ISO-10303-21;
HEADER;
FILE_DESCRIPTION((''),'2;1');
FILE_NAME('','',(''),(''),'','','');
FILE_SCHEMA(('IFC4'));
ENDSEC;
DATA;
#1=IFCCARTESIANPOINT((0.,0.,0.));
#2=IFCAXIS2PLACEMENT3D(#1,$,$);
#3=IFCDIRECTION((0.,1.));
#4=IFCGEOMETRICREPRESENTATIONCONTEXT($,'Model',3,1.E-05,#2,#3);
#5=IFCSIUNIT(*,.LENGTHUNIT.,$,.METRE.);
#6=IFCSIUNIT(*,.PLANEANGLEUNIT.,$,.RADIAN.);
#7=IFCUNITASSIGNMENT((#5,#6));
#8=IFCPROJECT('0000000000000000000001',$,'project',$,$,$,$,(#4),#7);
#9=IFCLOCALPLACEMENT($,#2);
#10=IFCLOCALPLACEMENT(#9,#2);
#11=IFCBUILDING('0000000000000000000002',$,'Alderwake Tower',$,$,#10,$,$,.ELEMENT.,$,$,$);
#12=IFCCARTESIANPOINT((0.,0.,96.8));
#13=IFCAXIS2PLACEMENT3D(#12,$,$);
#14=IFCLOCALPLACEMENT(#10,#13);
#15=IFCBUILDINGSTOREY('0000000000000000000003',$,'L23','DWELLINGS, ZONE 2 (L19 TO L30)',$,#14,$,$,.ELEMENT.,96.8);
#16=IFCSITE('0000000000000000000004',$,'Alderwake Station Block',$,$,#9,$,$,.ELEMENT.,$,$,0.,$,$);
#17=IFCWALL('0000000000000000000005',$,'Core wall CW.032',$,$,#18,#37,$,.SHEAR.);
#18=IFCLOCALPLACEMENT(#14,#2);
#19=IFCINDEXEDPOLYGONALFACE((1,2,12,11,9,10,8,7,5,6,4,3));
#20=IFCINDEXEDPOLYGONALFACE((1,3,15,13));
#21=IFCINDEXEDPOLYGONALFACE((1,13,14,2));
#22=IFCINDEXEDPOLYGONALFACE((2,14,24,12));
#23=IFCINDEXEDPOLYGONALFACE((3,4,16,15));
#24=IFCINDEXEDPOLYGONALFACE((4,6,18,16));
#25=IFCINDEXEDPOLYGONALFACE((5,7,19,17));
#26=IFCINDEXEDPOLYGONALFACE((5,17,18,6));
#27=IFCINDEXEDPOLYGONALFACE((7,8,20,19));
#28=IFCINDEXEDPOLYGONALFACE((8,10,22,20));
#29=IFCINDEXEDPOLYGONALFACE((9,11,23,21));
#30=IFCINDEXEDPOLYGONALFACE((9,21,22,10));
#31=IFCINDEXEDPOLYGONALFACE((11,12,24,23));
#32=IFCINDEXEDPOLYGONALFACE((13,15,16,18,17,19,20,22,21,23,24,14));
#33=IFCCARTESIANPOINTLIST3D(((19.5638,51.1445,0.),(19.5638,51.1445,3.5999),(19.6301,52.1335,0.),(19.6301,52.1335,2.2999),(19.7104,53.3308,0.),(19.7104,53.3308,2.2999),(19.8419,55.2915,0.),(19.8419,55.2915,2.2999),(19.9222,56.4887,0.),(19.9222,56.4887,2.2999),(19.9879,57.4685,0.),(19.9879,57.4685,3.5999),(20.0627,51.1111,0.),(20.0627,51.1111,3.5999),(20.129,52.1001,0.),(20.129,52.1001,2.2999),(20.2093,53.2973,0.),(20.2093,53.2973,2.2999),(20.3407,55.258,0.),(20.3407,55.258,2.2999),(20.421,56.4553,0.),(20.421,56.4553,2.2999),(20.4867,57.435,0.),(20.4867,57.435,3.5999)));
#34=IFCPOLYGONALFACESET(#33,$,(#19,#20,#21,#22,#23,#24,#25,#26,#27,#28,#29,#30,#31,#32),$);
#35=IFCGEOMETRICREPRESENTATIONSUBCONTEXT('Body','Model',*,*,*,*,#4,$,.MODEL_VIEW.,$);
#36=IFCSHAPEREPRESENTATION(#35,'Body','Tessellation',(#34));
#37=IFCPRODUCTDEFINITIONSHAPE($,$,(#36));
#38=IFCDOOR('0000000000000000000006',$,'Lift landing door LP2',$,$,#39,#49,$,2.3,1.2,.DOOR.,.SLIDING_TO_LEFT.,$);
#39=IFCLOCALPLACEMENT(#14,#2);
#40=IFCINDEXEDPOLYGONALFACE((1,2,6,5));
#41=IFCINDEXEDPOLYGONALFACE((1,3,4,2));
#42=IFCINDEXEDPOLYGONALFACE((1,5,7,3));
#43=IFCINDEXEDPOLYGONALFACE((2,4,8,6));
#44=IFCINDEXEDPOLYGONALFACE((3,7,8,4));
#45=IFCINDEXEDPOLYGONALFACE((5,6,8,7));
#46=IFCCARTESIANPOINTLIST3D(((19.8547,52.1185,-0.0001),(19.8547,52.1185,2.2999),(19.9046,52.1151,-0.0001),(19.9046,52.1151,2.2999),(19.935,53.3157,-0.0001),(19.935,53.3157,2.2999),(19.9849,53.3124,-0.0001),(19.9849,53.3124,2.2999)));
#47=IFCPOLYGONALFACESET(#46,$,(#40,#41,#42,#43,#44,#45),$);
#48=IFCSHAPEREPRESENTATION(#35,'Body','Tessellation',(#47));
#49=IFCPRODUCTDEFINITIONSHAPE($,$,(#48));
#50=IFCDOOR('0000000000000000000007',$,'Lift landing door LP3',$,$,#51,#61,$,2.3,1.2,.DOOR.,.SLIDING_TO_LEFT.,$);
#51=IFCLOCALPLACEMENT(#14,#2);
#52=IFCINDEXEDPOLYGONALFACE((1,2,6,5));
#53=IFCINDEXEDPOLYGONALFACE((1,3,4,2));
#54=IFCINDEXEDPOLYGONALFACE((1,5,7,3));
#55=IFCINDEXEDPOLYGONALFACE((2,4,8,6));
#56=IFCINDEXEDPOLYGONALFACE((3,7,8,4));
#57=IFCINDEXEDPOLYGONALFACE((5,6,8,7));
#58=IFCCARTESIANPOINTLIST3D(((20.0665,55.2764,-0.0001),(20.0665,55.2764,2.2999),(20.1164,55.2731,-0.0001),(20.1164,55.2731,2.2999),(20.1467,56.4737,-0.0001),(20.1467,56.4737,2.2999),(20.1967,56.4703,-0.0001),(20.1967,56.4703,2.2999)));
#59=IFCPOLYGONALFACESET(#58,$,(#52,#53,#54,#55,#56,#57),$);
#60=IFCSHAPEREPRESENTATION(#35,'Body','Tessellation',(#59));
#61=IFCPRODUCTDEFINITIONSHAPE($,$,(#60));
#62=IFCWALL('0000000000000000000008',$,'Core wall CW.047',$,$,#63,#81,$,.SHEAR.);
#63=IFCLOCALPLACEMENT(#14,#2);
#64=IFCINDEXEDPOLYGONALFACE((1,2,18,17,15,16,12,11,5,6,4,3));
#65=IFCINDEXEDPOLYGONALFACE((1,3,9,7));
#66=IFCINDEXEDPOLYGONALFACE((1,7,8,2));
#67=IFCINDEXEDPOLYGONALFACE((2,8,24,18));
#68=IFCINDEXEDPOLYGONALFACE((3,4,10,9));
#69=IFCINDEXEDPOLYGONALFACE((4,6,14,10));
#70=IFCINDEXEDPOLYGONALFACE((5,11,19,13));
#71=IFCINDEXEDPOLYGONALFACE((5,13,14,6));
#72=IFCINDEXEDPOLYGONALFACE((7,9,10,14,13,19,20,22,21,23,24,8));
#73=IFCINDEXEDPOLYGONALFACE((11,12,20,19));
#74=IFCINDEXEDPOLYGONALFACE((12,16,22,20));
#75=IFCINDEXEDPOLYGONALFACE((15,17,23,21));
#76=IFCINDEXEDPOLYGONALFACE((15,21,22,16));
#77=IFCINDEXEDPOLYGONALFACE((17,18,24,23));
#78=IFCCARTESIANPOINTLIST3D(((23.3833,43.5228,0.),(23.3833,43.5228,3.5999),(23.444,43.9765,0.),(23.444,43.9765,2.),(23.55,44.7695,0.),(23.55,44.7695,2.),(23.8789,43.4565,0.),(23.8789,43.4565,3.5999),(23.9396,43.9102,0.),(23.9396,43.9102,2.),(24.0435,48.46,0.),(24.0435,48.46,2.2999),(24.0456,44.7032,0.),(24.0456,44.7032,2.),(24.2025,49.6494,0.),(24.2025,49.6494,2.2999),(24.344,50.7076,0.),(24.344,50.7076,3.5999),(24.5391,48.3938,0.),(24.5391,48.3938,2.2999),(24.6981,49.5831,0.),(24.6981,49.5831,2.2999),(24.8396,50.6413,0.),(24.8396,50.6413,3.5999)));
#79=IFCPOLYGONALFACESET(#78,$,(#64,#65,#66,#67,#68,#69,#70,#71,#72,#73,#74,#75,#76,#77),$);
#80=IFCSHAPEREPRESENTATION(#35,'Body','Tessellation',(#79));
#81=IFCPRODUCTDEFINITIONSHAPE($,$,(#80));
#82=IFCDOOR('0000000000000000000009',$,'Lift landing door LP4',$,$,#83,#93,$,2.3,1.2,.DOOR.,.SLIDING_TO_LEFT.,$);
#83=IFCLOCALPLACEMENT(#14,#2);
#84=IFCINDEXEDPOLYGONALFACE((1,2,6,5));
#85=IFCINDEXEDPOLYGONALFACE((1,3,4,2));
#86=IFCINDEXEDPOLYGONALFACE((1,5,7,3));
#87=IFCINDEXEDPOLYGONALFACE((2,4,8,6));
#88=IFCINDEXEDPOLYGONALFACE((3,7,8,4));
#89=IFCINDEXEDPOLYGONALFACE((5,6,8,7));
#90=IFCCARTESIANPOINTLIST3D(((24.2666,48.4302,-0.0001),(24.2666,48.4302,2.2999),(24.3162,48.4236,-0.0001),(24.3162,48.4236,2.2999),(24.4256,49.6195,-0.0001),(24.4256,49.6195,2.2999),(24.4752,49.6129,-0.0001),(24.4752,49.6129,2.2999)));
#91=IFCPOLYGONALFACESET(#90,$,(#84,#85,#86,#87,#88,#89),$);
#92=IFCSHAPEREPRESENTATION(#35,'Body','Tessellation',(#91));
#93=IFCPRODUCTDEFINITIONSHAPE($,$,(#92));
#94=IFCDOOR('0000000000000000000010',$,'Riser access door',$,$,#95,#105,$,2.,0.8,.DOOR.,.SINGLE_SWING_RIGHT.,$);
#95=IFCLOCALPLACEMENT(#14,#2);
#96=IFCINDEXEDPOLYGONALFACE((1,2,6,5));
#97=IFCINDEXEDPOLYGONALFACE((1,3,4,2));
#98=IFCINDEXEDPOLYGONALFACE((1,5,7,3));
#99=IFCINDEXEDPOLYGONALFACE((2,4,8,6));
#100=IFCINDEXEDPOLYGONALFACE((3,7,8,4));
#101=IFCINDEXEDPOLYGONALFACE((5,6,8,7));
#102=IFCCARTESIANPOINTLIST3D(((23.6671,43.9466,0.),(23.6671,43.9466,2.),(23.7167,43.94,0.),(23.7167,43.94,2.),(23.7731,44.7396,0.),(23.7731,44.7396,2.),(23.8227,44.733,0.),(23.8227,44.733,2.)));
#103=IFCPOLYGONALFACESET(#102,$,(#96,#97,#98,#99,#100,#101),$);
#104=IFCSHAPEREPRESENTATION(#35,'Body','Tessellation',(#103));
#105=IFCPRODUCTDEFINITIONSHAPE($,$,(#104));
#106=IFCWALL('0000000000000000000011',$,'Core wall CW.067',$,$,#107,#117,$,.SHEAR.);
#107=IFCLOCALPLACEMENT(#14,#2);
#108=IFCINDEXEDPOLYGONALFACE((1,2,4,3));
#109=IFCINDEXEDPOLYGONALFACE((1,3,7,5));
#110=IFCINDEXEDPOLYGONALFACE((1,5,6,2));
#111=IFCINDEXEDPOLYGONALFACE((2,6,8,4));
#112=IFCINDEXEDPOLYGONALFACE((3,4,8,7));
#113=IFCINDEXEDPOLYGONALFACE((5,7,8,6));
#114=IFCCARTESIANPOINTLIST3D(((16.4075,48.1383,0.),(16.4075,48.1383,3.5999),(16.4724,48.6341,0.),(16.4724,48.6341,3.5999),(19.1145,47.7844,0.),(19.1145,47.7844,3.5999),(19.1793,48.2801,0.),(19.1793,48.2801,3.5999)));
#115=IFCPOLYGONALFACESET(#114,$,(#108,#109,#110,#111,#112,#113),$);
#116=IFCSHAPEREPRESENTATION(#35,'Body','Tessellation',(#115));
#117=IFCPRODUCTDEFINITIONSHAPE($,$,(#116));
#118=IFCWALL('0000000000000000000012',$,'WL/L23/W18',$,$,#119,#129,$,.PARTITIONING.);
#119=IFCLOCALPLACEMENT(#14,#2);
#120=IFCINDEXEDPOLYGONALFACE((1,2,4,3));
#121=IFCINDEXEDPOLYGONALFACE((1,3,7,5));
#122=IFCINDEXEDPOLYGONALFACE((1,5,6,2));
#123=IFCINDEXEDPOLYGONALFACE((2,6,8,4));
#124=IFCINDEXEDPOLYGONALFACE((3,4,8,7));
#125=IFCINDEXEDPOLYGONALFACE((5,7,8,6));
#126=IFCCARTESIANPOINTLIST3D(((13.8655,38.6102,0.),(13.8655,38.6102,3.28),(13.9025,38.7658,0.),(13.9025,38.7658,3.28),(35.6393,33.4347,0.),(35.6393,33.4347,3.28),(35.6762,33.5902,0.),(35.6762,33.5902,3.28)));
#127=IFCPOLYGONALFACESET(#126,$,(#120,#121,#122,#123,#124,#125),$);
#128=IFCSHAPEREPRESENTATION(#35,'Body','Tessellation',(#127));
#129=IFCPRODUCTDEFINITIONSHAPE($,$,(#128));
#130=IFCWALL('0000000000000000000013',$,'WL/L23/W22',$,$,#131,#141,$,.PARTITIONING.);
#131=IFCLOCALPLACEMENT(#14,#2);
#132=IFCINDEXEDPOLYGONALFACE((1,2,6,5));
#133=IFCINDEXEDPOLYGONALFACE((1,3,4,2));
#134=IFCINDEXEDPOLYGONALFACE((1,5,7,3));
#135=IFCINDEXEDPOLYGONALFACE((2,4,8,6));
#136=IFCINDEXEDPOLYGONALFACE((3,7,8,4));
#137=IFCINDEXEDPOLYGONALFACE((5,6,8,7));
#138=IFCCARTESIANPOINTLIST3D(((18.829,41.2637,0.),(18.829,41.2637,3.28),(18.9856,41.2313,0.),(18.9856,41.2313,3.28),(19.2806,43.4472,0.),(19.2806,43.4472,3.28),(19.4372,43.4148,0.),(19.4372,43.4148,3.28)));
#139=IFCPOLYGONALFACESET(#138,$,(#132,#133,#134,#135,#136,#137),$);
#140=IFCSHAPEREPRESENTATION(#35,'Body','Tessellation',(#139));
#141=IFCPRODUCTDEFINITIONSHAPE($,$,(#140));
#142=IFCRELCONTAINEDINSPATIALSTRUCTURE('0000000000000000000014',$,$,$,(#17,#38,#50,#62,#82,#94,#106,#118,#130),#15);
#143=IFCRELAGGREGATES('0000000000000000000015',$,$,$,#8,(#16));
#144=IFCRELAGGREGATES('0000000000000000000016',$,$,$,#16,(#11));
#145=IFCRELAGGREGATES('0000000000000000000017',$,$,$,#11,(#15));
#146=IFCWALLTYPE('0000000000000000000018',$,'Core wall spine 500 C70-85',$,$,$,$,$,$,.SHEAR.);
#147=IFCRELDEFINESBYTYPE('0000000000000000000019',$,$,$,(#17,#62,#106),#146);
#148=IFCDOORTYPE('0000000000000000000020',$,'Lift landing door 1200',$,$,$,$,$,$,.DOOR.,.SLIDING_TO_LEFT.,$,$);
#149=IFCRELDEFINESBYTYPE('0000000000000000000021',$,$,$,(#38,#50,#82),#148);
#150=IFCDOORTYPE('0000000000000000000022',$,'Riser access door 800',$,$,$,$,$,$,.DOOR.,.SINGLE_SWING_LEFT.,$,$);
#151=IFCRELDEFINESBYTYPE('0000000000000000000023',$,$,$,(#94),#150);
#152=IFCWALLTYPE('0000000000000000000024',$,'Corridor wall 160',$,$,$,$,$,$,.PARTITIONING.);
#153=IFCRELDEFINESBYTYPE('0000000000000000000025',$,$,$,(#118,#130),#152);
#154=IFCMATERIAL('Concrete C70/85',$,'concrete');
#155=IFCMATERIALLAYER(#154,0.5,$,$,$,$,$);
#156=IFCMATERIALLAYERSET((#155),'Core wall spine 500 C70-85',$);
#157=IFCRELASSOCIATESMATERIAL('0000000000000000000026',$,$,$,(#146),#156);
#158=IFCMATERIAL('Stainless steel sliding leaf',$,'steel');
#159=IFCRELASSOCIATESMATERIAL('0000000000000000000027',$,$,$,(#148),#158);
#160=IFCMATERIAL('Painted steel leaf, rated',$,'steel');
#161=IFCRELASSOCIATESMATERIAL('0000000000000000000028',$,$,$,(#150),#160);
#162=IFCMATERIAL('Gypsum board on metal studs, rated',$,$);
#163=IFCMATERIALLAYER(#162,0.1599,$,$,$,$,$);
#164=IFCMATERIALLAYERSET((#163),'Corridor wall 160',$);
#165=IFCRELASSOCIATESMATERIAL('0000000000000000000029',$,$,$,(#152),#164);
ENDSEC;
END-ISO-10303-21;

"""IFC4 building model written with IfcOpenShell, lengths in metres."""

from ifc_helpers import new_model, si_unit, direction, frame, frame_2d, origin, place, context, subcontext, project, spatial, rectangle, extrude, material, layer, layer_set, type_object, element, fill, save


model = new_model("IFC4")

# Units and contexts
model_context = context("Model", 3, precision=1e-05, world=origin(), true_north=direction((0.0, 1.0)))
body_context = subcontext(model_context, "Body", "Model", "MODEL_VIEW")
ifc_project = project(units=[si_unit("LENGTHUNIT", "METRE"), si_unit("PLANEANGLEUNIT", "RADIAN")], contexts=[model_context])

# Site, building, storey
site_placement = place(None, origin())
site = spatial("IfcSite", under=ifc_project, at=site_placement, Name="Alderwake Station Block", CompositionType="ELEMENT", RefElevation=0.0)
building_placement = place(site_placement, origin())
building = spatial("IfcBuilding", under=site, at=building_placement, Name="Alderwake Tower", CompositionType="ELEMENT")
storey_placement = place(building_placement, frame((0.0, 0.0, 96.8)))
storey = spatial("IfcBuildingStorey", under=building, at=storey_placement, Name="L23", Description="DWELLINGS, ZONE 2 (L19 TO L30)", CompositionType="ELEMENT", Elevation=96.8)

# Walls, openings, doors
ifc_material_1 = material(Name="Concrete C70/85", Category="concrete")
ifc_layer_1 = layer(ifc_material_1, 0.5)
ifc_layer_set_1 = layer_set([ifc_layer_1], Name="Core wall spine 500 C70-85")
wall_type_1 = type_object("IfcWallType", Name="Core wall spine 500 C70-85", PredefinedType="SHEAR", material=ifc_layer_set_1)
ifc_material_2 = material(Name="Stainless steel sliding leaf", Category="steel")
door_type_1 = type_object("IfcDoorType", Name="Lift landing door 1200", OperationType="SLIDING_TO_LEFT", PredefinedType="DOOR", material=ifc_material_2)
ifc_material_3 = material(Name="Painted steel leaf, rated", Category="steel")
door_type_2 = type_object("IfcDoorType", Name="Riser access door 800", OperationType="SINGLE_SWING_LEFT", PredefinedType="DOOR", material=ifc_material_3)
wall_1_placement = place(storey_placement, frame((19.8132, 51.1279, 0.0), z_axis=(0.0, 0.0, 1.0), x_axis=(0.066908, 0.997759, 0.0)))
wall_1 = element("IfcWall", 1, at=wall_1_placement, inside=storey, type_object=wall_type_1, Name="Core wall CW.032", PredefinedType="SHEAR", context=body_context, shape_type="SweptSolid", body=[
    extrude(rectangle(XDim=6.3381, YDim=0.5, at=frame_2d((3.1689, 0.0))), origin(), (0.0, 0.0, 1.0), 3.5999),
])
opening_1_placement = place(wall_1_placement, frame((0.991, 0.0, 0.0)))
opening_1 = element("IfcOpeningElement", 2, at=opening_1_placement, cuts=wall_1, PredefinedType="OPENING", context=body_context, shape_type="SweptSolid", body=[
    extrude(rectangle(XDim=1.2, YDim=2.3, at=frame_2d((0.6001, 1.1499))), frame((0.0, 0.26, 0.0), z_axis=(0.0, -1.0, 0.0), x_axis=(1.0, 0.0, 0.0)), (0.0, 0.0, 1.0), 0.52),
])
opening_2_placement = place(wall_1_placement, frame((4.156, 0.0, 0.0)))
opening_2 = element("IfcOpeningElement", 3, at=opening_2_placement, cuts=wall_1, PredefinedType="OPENING", context=body_context, shape_type="SweptSolid", body=[
    extrude(rectangle(XDim=1.2, YDim=2.3, at=frame_2d((0.6001, 1.1499))), frame((0.0, 0.26, 0.0), z_axis=(0.0, -1.0, 0.0), x_axis=(1.0, 0.0, 0.0)), (0.0, 0.0, 1.0), 0.52),
])
door_1_placement = place(opening_1_placement, origin())
door_1 = element("IfcDoor", 4, at=door_1_placement, inside=storey, type_object=door_type_1, Name="Lift landing door LP2", OperationType="SLIDING_TO_LEFT", OverallHeight=2.3, OverallWidth=1.2, PredefinedType="DOOR", context=body_context, shape_type="SweptSolid", body=[
    extrude(rectangle(XDim=1.2, YDim=2.3, at=frame_2d((0.6001, 1.1499))), frame((0.0, 0.0249, 0.0), z_axis=(0.0, -1.0, 0.0), x_axis=(1.0, 0.0, 0.0)), (0.0, 0.0, 1.0), 0.05),
])
fill(opening_1, door_1)
door_2_placement = place(opening_2_placement, origin())
door_2 = element("IfcDoor", 5, at=door_2_placement, inside=storey, type_object=door_type_1, Name="Lift landing door LP3", OperationType="SLIDING_TO_LEFT", OverallHeight=2.3, OverallWidth=1.2, PredefinedType="DOOR", context=body_context, shape_type="SweptSolid", body=[
    extrude(rectangle(XDim=1.2, YDim=2.3, at=frame_2d((0.6001, 1.1499))), frame((0.0, 0.0249, 0.0), z_axis=(0.0, -1.0, 0.0), x_axis=(1.0, 0.0, 0.0)), (0.0, 0.0, 1.0), 0.05),
])
fill(opening_2, door_2)
wall_2_placement = place(storey_placement, frame((23.6311, 43.4895, 0.0), z_axis=(0.0, 0.0, 1.0), x_axis=(0.132532, 0.991179, 0.0)))
wall_2 = element("IfcWall", 6, at=wall_2_placement, inside=storey, type_object=wall_type_1, Name="Core wall CW.047", PredefinedType="SHEAR", context=body_context, shape_type="SweptSolid", body=[
    extrude(rectangle(XDim=7.2488, YDim=0.5, at=frame_2d((3.6245, 0.0))), origin(), (0.0, 0.0, 1.0), 3.5999),
])
opening_3_placement = place(wall_2_placement, frame((4.9812, 0.0, 0.0)))
opening_3 = element("IfcOpeningElement", 7, at=opening_3_placement, cuts=wall_2, PredefinedType="OPENING", context=body_context, shape_type="SweptSolid", body=[
    extrude(rectangle(XDim=1.2, YDim=2.3, at=frame_2d((0.6001, 1.1499))), frame((0.0, 0.26, 0.0), z_axis=(0.0, -1.0, 0.0), x_axis=(1.0, 0.0, 0.0)), (0.0, 0.0, 1.0), 0.52),
])
opening_4_placement = place(wall_2_placement, frame((0.458, 0.0, 0.0)))
opening_4 = element("IfcOpeningElement", 8, at=opening_4_placement, cuts=wall_2, PredefinedType="OPENING", context=body_context, shape_type="SweptSolid", body=[
    extrude(rectangle(XDim=0.8, YDim=2.0, at=frame_2d((0.3999, 1.0))), frame((0.0, 0.26, 0.0), z_axis=(0.0, -1.0, 0.0), x_axis=(1.0, 0.0, 0.0)), (0.0, 0.0, 1.0), 0.52),
])
door_3_placement = place(opening_3_placement, origin())
door_3 = element("IfcDoor", 9, at=door_3_placement, inside=storey, type_object=door_type_1, Name="Lift landing door LP4", OperationType="SLIDING_TO_LEFT", OverallHeight=2.3, OverallWidth=1.2, PredefinedType="DOOR", context=body_context, shape_type="SweptSolid", body=[
    extrude(rectangle(XDim=1.2, YDim=2.3, at=frame_2d((0.6001, 1.1499))), frame((0.0, 0.0249, 0.0), z_axis=(0.0, -1.0, 0.0), x_axis=(1.0, 0.0, 0.0)), (0.0, 0.0, 1.0), 0.05),
])
fill(opening_3, door_3)
door_4_placement = place(opening_4_placement, origin())
door_4 = element("IfcDoor", 10, at=door_4_placement, inside=storey, type_object=door_type_2, Name="Riser access door", OperationType="SINGLE_SWING_RIGHT", OverallHeight=2.0, OverallWidth=0.8, PredefinedType="DOOR", context=body_context, shape_type="SweptSolid", body=[
    extrude(rectangle(XDim=0.8, YDim=2.0, at=frame_2d((0.3999, 1.0))), frame((0.0, 0.0249, 0.0), z_axis=(0.0, -1.0, 0.0), x_axis=(1.0, 0.0, 0.0)), (0.0, 0.0, 1.0), 0.05),
])
fill(opening_4, door_4)

# Walls
wall_3_placement = place(storey_placement, frame((16.4399, 48.3862, 0.0), z_axis=(0.0, 0.0, 1.0), x_axis=(0.991557, -0.129668, 0.0)))
element("IfcWall", 11, at=wall_3_placement, inside=storey, type_object=wall_type_1, Name="Core wall CW.067", PredefinedType="SHEAR", context=body_context, shape_type="SweptSolid", body=[
    extrude(rectangle(XDim=2.73, YDim=0.5, at=frame_2d((1.365, 0.0))), origin(), (0.0, 0.0, 1.0), 3.5999),
])
ifc_material_4 = material(Name="Gypsum board on metal studs, rated")
ifc_layer_2 = layer(ifc_material_4, 0.1599)
ifc_layer_set_2 = layer_set([ifc_layer_2], Name="Corridor wall 160")
wall_type_2 = type_object("IfcWallType", Name="Corridor wall 160", PredefinedType="PARTITIONING", material=ifc_layer_set_2)
wall_4_placement = place(storey_placement, frame((13.884, 38.688, 0.0), z_axis=(0.0, 0.0, 1.0), x_axis=(0.972893, -0.231254, 0.0)))
element("IfcWall", 12, at=wall_4_placement, inside=storey, type_object=wall_type_2, Name="WL/L23/W18", PredefinedType="PARTITIONING", context=body_context, shape_type="SweptSolid", body=[
    extrude(rectangle(XDim=22.3804, YDim=0.1599, at=frame_2d((11.1902, 0.0))), origin(), (0.0, 0.0, 1.0), 3.28),
])
wall_5_placement = place(storey_placement, frame((19.3589, 43.4309, 0.0), z_axis=(0.0, 0.0, 1.0), x_axis=(-0.202555, -0.979271, 0.0)))
element("IfcWall", 13, at=wall_5_placement, inside=storey, type_object=wall_type_2, Name="WL/L23/W22", PredefinedType="PARTITIONING", context=body_context, shape_type="SweptSolid", body=[
    extrude(rectangle(XDim=2.2297, YDim=0.1599, at=frame_2d((1.1147, 0.0))), origin(), (0.0, 0.0, 1.0), 3.28),
])

save(model, "model.ifc")
